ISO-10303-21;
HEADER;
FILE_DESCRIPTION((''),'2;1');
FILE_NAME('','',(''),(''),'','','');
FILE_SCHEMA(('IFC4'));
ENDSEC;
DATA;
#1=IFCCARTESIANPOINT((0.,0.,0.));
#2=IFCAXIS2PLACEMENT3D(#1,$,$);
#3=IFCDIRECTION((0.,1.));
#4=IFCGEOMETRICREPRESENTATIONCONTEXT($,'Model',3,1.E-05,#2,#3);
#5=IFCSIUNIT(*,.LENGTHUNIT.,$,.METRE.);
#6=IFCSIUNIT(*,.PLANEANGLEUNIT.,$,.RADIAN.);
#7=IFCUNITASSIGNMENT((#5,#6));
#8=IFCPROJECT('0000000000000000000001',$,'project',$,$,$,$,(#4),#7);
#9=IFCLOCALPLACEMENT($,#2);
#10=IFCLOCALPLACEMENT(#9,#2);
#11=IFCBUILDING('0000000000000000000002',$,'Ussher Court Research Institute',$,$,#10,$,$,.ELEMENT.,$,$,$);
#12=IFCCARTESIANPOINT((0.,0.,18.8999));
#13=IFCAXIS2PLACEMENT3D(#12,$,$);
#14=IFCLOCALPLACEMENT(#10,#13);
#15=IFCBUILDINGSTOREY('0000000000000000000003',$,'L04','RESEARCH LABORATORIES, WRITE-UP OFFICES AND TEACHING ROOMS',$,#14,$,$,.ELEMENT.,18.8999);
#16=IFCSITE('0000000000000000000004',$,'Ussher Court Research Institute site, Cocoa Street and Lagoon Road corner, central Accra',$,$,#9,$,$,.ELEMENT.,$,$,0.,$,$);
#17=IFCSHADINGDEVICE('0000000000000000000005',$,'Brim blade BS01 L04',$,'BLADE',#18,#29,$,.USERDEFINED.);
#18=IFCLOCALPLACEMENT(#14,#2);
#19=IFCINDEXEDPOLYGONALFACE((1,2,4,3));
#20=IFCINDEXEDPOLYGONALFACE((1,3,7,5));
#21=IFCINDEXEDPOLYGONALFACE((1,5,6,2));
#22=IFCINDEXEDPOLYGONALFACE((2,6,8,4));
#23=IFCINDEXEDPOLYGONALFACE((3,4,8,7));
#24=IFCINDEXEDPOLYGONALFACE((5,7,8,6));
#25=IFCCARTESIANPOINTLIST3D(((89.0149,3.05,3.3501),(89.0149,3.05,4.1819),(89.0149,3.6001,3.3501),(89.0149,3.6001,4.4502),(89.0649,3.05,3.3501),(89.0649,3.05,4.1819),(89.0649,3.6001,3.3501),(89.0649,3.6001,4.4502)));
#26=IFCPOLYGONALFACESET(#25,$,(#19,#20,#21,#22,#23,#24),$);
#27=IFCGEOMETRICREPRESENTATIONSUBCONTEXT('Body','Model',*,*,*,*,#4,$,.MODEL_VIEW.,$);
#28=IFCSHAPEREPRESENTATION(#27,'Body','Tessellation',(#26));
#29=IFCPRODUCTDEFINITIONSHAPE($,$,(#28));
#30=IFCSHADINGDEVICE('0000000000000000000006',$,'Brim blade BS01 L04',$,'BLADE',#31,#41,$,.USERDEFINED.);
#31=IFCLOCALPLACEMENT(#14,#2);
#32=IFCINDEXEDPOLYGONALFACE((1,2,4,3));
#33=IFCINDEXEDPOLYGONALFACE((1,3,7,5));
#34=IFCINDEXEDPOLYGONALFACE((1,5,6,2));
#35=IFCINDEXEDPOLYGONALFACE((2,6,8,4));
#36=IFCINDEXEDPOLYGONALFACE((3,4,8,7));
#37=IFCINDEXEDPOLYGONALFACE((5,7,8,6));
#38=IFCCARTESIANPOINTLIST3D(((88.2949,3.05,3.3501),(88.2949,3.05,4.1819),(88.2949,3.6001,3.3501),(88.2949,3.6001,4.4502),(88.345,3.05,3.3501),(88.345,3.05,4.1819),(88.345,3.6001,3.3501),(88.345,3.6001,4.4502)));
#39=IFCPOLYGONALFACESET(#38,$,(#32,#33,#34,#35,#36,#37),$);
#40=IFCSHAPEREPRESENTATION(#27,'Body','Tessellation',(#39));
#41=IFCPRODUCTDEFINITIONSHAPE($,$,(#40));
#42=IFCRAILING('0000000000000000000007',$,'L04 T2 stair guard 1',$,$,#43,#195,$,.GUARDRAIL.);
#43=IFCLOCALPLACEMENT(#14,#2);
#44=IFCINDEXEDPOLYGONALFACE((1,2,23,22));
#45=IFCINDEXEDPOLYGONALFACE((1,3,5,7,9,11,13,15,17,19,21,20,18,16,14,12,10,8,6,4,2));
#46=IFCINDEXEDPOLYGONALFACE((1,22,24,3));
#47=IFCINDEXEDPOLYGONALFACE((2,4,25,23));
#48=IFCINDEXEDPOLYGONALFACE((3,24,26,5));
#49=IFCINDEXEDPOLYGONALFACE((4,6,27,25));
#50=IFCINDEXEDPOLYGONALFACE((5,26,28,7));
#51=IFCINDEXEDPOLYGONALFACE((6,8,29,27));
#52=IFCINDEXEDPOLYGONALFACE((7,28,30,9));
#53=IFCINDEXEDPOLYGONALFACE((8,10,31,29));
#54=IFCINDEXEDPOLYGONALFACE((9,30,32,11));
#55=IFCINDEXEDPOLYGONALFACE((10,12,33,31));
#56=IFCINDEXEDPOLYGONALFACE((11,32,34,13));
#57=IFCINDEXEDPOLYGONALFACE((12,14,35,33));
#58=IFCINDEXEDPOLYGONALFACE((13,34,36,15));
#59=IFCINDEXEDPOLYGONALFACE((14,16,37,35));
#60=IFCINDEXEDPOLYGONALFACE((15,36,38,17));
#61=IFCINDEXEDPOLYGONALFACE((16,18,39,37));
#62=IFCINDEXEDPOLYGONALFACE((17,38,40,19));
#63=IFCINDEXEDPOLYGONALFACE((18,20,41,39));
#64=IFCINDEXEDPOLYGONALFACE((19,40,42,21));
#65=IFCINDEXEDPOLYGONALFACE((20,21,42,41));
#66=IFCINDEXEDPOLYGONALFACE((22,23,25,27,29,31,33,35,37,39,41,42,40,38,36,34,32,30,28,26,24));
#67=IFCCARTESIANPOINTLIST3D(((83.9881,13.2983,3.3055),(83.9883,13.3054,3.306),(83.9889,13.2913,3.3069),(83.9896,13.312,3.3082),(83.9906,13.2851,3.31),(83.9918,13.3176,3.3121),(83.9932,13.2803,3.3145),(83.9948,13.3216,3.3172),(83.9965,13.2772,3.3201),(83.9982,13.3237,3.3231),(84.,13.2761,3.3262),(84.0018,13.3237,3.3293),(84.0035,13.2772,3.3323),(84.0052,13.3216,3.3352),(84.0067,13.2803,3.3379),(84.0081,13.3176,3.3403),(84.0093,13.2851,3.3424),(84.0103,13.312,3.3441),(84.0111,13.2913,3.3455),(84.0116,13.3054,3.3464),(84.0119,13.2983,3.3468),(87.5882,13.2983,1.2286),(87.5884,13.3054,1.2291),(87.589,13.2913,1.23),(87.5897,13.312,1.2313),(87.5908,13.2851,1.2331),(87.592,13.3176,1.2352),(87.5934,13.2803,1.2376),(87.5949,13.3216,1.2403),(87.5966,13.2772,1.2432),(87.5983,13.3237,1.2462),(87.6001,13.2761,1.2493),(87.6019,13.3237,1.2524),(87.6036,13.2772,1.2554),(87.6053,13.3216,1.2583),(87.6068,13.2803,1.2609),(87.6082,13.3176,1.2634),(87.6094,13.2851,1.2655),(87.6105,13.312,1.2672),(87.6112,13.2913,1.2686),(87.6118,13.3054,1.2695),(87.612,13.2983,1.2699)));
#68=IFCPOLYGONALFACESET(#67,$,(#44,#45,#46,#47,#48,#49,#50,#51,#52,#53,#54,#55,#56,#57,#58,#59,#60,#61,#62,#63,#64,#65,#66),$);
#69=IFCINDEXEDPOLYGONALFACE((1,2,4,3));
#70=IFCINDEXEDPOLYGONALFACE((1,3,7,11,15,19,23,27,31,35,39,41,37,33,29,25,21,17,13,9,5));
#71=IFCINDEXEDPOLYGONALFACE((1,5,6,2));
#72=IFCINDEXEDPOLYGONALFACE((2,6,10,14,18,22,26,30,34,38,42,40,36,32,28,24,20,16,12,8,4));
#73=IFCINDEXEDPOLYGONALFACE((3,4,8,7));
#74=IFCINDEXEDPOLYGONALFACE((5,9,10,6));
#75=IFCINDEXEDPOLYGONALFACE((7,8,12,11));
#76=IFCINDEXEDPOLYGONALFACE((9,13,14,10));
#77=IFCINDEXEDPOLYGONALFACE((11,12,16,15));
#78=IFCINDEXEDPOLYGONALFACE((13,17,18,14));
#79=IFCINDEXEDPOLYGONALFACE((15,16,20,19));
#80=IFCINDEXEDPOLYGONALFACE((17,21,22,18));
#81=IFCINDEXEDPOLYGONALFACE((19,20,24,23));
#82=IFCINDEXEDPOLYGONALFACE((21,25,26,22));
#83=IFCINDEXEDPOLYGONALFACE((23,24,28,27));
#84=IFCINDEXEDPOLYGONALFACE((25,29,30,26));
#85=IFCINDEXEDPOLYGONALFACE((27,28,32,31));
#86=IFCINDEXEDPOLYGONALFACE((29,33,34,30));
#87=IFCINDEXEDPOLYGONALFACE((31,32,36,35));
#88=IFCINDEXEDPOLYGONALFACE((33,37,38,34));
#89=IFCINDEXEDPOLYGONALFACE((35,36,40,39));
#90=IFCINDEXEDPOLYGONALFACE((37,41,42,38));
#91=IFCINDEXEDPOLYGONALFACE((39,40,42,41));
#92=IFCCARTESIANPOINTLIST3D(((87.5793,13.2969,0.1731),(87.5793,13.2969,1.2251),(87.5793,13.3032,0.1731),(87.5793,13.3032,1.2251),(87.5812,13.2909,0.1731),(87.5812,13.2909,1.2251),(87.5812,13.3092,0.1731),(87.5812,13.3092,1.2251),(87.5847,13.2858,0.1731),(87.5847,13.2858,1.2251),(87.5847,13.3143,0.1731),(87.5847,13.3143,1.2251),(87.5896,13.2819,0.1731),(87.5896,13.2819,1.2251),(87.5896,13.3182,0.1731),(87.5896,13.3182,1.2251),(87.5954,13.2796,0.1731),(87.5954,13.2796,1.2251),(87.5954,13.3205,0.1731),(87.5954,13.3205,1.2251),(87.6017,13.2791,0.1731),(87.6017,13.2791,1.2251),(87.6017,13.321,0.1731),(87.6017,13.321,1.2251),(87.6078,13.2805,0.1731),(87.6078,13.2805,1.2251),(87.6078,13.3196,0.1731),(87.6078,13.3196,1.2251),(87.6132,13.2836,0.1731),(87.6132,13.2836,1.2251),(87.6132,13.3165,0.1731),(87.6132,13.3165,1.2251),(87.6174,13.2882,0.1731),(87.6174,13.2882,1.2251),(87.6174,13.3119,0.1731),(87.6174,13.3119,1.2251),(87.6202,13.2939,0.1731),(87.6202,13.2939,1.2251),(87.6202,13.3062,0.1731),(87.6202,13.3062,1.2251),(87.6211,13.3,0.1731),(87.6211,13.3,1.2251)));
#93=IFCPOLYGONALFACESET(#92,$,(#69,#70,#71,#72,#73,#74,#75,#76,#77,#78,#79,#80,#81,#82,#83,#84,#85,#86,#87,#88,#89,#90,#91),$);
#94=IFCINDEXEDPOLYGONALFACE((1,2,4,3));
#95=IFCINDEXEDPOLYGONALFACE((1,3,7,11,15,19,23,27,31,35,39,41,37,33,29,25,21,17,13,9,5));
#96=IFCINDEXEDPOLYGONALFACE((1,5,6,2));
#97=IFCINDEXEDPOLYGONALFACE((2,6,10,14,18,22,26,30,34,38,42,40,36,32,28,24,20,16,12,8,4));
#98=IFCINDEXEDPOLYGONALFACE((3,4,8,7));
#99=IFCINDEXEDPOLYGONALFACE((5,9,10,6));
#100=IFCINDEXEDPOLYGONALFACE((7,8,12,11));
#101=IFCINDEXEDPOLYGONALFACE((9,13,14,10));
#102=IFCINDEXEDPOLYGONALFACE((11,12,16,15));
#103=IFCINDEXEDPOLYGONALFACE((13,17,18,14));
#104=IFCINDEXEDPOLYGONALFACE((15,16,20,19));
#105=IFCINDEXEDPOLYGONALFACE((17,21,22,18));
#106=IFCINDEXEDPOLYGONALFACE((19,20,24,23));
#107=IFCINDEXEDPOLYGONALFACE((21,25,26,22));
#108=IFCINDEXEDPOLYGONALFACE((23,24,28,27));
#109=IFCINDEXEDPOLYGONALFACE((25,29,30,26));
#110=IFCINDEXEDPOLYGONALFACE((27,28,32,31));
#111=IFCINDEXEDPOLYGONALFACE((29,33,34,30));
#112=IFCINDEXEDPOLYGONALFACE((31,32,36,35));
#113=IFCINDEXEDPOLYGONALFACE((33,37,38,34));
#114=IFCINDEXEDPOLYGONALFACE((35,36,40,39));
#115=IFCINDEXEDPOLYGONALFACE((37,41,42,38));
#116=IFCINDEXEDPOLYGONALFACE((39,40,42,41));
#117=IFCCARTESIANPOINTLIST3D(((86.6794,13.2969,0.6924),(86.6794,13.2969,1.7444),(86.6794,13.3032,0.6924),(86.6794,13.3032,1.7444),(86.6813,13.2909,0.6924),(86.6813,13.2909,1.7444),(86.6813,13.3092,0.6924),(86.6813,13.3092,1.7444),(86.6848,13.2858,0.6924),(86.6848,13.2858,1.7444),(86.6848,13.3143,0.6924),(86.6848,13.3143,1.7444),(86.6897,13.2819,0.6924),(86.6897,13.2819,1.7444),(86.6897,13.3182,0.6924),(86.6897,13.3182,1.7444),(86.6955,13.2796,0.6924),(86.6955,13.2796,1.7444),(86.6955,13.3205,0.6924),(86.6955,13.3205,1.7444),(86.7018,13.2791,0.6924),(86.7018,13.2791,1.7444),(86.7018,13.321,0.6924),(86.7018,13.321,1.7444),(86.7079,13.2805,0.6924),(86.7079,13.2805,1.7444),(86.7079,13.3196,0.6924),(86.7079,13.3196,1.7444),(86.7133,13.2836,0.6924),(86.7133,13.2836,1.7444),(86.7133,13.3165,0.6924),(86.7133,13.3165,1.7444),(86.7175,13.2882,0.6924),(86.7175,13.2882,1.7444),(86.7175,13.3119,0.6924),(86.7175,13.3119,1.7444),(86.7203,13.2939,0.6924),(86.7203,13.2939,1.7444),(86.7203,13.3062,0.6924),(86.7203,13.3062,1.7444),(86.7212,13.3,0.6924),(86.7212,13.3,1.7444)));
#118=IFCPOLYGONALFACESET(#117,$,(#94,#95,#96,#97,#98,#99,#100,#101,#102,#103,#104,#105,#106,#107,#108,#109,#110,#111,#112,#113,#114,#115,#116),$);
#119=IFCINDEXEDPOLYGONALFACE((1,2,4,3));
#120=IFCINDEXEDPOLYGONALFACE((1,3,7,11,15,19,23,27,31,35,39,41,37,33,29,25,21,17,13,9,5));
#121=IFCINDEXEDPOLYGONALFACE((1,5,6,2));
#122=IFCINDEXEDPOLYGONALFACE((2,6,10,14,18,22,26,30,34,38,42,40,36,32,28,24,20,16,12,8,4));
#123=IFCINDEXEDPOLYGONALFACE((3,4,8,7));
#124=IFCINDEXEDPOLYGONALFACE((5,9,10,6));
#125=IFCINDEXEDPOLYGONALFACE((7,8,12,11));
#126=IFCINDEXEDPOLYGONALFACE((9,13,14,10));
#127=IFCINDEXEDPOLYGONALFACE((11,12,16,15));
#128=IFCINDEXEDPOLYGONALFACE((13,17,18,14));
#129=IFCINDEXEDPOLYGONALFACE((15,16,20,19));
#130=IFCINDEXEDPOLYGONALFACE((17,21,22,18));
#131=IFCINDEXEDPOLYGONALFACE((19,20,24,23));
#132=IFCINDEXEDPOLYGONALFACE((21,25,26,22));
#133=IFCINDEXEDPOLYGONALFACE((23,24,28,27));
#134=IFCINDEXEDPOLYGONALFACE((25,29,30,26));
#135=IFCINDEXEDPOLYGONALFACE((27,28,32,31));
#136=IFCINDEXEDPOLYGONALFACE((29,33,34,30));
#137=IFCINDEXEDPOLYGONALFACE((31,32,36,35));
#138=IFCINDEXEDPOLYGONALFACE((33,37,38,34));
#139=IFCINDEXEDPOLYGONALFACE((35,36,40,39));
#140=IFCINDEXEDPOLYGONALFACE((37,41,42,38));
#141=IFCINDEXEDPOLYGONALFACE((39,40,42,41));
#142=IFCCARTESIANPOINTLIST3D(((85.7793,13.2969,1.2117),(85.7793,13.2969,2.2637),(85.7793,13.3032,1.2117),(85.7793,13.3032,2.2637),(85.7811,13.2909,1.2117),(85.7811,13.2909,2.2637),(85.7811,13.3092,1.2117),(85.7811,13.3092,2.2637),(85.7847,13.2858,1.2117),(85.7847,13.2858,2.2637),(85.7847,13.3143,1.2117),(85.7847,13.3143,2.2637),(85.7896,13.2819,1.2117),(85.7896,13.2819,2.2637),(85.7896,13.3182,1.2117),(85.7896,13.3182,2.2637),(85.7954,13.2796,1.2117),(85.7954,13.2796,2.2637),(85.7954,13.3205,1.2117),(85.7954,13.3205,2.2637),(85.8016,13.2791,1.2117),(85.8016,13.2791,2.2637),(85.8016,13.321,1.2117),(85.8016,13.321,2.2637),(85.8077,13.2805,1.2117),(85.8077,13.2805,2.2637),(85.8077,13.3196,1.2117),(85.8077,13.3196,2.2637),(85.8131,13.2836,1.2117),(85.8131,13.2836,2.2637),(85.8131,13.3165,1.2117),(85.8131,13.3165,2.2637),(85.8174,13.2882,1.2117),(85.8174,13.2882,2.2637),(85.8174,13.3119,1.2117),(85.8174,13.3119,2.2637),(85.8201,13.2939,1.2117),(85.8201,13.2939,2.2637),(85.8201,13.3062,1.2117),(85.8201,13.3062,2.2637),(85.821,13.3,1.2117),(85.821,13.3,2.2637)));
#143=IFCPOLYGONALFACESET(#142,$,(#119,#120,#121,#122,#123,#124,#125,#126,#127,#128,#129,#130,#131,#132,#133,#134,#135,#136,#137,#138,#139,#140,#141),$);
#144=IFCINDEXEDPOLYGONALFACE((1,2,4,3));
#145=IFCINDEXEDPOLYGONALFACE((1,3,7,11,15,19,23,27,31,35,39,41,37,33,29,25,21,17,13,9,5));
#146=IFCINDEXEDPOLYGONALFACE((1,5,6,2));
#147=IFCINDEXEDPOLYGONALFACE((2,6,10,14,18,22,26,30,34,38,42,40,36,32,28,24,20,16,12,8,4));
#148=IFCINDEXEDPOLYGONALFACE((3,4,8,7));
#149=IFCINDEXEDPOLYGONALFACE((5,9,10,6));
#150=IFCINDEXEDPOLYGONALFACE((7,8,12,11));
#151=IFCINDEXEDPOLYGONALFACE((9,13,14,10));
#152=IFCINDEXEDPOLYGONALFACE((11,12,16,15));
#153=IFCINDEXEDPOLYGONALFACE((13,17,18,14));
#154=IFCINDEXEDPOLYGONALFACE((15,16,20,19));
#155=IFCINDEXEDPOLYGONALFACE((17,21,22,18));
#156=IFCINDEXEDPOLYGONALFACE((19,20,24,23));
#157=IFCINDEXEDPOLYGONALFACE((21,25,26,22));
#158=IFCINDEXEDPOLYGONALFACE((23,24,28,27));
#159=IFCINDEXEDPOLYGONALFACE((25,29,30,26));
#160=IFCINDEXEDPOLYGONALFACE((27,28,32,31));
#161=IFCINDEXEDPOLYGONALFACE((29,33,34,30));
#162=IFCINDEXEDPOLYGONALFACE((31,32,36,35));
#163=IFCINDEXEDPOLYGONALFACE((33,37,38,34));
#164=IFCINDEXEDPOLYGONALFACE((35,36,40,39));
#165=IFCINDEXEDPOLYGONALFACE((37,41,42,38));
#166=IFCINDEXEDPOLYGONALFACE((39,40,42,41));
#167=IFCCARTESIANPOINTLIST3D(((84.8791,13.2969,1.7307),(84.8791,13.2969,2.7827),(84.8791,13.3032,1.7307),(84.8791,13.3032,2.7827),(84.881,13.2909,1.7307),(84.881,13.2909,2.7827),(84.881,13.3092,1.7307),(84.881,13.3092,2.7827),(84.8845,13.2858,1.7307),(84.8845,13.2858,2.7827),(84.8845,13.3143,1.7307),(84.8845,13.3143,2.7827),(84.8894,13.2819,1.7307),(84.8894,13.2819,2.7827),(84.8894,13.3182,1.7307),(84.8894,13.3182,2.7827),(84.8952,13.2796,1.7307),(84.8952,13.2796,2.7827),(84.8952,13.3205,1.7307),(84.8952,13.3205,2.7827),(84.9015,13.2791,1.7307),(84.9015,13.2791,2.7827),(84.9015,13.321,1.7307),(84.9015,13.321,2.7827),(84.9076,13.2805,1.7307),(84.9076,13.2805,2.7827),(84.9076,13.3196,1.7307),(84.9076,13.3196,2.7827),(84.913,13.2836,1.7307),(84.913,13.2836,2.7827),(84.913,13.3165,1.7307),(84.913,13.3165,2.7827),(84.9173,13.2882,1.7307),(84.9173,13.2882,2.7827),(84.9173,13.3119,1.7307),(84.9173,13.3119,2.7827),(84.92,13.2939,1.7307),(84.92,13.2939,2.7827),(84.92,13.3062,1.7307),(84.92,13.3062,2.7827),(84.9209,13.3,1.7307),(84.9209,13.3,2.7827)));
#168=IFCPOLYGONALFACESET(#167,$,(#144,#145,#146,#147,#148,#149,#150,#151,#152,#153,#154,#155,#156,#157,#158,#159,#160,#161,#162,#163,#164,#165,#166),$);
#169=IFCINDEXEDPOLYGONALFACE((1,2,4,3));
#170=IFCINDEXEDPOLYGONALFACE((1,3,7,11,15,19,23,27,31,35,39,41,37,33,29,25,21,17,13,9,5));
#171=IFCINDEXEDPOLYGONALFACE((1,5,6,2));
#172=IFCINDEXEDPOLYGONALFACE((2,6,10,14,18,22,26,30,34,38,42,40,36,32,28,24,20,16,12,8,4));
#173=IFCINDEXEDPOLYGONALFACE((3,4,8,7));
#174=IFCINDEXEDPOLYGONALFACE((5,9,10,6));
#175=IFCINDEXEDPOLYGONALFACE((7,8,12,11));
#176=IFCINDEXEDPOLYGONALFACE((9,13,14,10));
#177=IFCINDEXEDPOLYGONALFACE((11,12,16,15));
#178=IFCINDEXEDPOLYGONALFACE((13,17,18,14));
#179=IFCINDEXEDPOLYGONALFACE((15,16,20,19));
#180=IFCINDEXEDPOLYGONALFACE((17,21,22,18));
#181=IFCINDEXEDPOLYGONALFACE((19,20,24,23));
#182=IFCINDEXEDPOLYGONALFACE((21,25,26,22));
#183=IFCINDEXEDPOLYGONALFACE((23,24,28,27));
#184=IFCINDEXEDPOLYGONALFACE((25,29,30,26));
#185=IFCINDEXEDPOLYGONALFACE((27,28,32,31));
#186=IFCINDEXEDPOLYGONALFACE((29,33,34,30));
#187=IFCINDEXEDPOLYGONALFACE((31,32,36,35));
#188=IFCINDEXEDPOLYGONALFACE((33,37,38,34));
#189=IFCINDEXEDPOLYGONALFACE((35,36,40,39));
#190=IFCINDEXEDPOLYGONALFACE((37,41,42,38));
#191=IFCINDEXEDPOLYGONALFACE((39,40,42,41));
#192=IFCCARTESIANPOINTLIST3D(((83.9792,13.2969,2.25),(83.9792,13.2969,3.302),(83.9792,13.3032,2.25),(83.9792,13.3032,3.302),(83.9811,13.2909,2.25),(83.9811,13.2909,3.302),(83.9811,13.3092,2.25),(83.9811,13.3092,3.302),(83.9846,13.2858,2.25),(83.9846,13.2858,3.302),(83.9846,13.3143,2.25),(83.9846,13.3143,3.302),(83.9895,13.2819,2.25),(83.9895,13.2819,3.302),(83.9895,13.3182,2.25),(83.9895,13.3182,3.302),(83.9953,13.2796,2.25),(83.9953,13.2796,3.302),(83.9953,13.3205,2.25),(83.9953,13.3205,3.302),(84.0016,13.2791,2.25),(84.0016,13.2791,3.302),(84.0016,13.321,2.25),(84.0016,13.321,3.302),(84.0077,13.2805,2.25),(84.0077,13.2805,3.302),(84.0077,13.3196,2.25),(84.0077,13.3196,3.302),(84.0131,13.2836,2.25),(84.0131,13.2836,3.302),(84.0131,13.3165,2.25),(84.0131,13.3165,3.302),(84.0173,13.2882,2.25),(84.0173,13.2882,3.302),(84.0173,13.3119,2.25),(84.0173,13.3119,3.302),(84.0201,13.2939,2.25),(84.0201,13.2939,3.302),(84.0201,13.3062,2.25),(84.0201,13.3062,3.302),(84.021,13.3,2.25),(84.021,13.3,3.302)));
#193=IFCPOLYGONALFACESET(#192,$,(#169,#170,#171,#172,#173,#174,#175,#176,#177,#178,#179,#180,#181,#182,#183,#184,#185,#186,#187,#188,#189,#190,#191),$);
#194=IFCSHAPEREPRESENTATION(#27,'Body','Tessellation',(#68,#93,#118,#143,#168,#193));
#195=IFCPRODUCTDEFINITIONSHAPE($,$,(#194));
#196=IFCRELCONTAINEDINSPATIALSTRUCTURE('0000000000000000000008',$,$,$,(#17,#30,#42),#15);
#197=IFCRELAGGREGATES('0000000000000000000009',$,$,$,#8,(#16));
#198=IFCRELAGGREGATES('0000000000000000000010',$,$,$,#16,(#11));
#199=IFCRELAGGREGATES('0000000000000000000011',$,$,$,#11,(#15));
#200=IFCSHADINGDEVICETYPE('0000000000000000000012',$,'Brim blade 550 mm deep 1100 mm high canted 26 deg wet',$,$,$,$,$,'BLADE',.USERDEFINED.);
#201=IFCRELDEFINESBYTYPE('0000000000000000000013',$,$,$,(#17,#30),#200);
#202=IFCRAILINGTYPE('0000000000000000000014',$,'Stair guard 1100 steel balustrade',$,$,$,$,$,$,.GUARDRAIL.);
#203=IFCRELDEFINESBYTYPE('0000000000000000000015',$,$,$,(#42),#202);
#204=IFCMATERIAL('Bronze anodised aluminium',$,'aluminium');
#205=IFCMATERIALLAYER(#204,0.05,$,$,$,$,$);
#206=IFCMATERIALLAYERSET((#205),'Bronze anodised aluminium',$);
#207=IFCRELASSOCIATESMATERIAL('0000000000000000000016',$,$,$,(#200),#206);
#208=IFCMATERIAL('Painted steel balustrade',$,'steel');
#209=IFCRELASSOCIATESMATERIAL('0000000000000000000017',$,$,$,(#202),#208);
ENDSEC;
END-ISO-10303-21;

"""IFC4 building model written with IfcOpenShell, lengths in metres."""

from ifc_helpers import new_model, si_unit, direction, frame, origin, origin_2d, place, context, subcontext, project, spatial, polyline, circle, outline, extrude, material, layer, layer_set, type_object, element, save


model = new_model("IFC4")

# Units and contexts
model_context = context("Model", 3, precision=1e-05, world=origin(), true_north=direction((0.0, 1.0)))
body_context = subcontext(model_context, "Body", "Model", "MODEL_VIEW")
ifc_project = project(units=[si_unit("LENGTHUNIT", "METRE"), si_unit("PLANEANGLEUNIT", "RADIAN")], contexts=[model_context])

# Site, building, storey
site_placement = place(None, origin())
site = spatial("IfcSite", under=ifc_project, at=site_placement, Name="Ussher Court Research Institute site, Cocoa Street and Lagoon Road corner, central Accra", CompositionType="ELEMENT", RefElevation=0.0)
building_placement = place(site_placement, origin())
building = spatial("IfcBuilding", under=site, at=building_placement, Name="Ussher Court Research Institute", CompositionType="ELEMENT")
storey_placement = place(building_placement, frame((0.0, 0.0, 18.8999)))
storey = spatial("IfcBuildingStorey", under=building, at=storey_placement, Name="L04", Description="RESEARCH LABORATORIES, WRITE-UP OFFICES AND TEACHING ROOMS", CompositionType="ELEMENT", Elevation=18.8999)

# Shading devices
ifc_material_1 = material(Name="Bronze anodised aluminium", Category="aluminium")
ifc_layer_1 = layer(ifc_material_1, 0.05)
ifc_layer_set_1 = layer_set([ifc_layer_1], Name="Bronze anodised aluminium")
shading_device_type_1 = type_object("IfcShadingDeviceType", Name="Brim blade 550 mm deep 1100 mm high canted 26 deg wet", ElementType="BLADE", PredefinedType="USERDEFINED", material=ifc_layer_set_1)
for number, where, z_axis, x_axis, name in (
    (1, (89.04, 3.6001, 3.3501), (0.0, 0.0, 1.0), (0.0, -1.0, 0.0), "Brim blade BS01 L04"),
    (2, (88.3201, 3.6001, 3.3501), (0.0, 0.0, 1.0), (0.0, -1.0, 0.0), "Brim blade BS01 L04"),
):
    element("IfcShadingDevice", number, at=place(storey_placement, frame(where, z_axis=z_axis, x_axis=x_axis)), inside=storey, type_object=shading_device_type_1, Name=name, ObjectType="BLADE", PredefinedType="USERDEFINED", context=body_context, shape_type="SweptSolid", body=[
        extrude(outline(polyline([(0.0, 0.0), (0.55, 0.0), (0.55, 0.8318), (0.0, 1.1001), (0.0, 0.0)])), frame((0.0, 0.0249, 0.0), z_axis=(0.0, -1.0, 0.0), x_axis=(1.0, 0.0, 0.0)), (0.0, 0.0, 1.0), 0.05),
    ])

# Railing
ifc_material_2 = material(Name="Painted steel balustrade", Category="steel")
railing_type = type_object("IfcRailingType", Name="Stair guard 1100 steel balustrade", PredefinedType="GUARDRAIL", material=ifc_material_2)
railing_1_placement = place(storey_placement, frame((87.6001, 13.3, 0.1731)))
element("IfcRailing", 3, at=railing_1_placement, inside=storey, type_object=railing_type, Name="L04 T2 stair guard 1", PredefinedType="GUARDRAIL", context=body_context, shape_type="SweptSolid", body=[
    extrude(circle(Radius=0.0239, at=origin_2d()), frame((0.0, 0.0, 1.0762), z_axis=(-0.866193, 0.0, 0.499709), x_axis=(0.0, -1.0, 0.0)), (0.0, 0.0, 1.0), 4.1562),
    extrude(circle(Radius=0.021, at=origin_2d()), origin(), (0.0, 0.0, 1.0), 1.052),
    extrude(circle(Radius=0.021, at=origin_2d()), frame((-0.8999, 0.0, 0.5193)), (0.0, 0.0, 1.0), 1.052),
    extrude(circle(Radius=0.021, at=origin_2d()), frame((-1.8, 0.0, 1.0386)), (0.0, 0.0, 1.0), 1.052),
    extrude(circle(Radius=0.021, at=origin_2d()), frame((-2.7002, 0.0, 1.5576)), (0.0, 0.0, 1.0), 1.052),
    extrude(circle(Radius=0.021, at=origin_2d()), frame((-3.6001, 0.0, 2.0769)), (0.0, 0.0, 1.0), 1.052),
])

save(model, "model.ifc")
